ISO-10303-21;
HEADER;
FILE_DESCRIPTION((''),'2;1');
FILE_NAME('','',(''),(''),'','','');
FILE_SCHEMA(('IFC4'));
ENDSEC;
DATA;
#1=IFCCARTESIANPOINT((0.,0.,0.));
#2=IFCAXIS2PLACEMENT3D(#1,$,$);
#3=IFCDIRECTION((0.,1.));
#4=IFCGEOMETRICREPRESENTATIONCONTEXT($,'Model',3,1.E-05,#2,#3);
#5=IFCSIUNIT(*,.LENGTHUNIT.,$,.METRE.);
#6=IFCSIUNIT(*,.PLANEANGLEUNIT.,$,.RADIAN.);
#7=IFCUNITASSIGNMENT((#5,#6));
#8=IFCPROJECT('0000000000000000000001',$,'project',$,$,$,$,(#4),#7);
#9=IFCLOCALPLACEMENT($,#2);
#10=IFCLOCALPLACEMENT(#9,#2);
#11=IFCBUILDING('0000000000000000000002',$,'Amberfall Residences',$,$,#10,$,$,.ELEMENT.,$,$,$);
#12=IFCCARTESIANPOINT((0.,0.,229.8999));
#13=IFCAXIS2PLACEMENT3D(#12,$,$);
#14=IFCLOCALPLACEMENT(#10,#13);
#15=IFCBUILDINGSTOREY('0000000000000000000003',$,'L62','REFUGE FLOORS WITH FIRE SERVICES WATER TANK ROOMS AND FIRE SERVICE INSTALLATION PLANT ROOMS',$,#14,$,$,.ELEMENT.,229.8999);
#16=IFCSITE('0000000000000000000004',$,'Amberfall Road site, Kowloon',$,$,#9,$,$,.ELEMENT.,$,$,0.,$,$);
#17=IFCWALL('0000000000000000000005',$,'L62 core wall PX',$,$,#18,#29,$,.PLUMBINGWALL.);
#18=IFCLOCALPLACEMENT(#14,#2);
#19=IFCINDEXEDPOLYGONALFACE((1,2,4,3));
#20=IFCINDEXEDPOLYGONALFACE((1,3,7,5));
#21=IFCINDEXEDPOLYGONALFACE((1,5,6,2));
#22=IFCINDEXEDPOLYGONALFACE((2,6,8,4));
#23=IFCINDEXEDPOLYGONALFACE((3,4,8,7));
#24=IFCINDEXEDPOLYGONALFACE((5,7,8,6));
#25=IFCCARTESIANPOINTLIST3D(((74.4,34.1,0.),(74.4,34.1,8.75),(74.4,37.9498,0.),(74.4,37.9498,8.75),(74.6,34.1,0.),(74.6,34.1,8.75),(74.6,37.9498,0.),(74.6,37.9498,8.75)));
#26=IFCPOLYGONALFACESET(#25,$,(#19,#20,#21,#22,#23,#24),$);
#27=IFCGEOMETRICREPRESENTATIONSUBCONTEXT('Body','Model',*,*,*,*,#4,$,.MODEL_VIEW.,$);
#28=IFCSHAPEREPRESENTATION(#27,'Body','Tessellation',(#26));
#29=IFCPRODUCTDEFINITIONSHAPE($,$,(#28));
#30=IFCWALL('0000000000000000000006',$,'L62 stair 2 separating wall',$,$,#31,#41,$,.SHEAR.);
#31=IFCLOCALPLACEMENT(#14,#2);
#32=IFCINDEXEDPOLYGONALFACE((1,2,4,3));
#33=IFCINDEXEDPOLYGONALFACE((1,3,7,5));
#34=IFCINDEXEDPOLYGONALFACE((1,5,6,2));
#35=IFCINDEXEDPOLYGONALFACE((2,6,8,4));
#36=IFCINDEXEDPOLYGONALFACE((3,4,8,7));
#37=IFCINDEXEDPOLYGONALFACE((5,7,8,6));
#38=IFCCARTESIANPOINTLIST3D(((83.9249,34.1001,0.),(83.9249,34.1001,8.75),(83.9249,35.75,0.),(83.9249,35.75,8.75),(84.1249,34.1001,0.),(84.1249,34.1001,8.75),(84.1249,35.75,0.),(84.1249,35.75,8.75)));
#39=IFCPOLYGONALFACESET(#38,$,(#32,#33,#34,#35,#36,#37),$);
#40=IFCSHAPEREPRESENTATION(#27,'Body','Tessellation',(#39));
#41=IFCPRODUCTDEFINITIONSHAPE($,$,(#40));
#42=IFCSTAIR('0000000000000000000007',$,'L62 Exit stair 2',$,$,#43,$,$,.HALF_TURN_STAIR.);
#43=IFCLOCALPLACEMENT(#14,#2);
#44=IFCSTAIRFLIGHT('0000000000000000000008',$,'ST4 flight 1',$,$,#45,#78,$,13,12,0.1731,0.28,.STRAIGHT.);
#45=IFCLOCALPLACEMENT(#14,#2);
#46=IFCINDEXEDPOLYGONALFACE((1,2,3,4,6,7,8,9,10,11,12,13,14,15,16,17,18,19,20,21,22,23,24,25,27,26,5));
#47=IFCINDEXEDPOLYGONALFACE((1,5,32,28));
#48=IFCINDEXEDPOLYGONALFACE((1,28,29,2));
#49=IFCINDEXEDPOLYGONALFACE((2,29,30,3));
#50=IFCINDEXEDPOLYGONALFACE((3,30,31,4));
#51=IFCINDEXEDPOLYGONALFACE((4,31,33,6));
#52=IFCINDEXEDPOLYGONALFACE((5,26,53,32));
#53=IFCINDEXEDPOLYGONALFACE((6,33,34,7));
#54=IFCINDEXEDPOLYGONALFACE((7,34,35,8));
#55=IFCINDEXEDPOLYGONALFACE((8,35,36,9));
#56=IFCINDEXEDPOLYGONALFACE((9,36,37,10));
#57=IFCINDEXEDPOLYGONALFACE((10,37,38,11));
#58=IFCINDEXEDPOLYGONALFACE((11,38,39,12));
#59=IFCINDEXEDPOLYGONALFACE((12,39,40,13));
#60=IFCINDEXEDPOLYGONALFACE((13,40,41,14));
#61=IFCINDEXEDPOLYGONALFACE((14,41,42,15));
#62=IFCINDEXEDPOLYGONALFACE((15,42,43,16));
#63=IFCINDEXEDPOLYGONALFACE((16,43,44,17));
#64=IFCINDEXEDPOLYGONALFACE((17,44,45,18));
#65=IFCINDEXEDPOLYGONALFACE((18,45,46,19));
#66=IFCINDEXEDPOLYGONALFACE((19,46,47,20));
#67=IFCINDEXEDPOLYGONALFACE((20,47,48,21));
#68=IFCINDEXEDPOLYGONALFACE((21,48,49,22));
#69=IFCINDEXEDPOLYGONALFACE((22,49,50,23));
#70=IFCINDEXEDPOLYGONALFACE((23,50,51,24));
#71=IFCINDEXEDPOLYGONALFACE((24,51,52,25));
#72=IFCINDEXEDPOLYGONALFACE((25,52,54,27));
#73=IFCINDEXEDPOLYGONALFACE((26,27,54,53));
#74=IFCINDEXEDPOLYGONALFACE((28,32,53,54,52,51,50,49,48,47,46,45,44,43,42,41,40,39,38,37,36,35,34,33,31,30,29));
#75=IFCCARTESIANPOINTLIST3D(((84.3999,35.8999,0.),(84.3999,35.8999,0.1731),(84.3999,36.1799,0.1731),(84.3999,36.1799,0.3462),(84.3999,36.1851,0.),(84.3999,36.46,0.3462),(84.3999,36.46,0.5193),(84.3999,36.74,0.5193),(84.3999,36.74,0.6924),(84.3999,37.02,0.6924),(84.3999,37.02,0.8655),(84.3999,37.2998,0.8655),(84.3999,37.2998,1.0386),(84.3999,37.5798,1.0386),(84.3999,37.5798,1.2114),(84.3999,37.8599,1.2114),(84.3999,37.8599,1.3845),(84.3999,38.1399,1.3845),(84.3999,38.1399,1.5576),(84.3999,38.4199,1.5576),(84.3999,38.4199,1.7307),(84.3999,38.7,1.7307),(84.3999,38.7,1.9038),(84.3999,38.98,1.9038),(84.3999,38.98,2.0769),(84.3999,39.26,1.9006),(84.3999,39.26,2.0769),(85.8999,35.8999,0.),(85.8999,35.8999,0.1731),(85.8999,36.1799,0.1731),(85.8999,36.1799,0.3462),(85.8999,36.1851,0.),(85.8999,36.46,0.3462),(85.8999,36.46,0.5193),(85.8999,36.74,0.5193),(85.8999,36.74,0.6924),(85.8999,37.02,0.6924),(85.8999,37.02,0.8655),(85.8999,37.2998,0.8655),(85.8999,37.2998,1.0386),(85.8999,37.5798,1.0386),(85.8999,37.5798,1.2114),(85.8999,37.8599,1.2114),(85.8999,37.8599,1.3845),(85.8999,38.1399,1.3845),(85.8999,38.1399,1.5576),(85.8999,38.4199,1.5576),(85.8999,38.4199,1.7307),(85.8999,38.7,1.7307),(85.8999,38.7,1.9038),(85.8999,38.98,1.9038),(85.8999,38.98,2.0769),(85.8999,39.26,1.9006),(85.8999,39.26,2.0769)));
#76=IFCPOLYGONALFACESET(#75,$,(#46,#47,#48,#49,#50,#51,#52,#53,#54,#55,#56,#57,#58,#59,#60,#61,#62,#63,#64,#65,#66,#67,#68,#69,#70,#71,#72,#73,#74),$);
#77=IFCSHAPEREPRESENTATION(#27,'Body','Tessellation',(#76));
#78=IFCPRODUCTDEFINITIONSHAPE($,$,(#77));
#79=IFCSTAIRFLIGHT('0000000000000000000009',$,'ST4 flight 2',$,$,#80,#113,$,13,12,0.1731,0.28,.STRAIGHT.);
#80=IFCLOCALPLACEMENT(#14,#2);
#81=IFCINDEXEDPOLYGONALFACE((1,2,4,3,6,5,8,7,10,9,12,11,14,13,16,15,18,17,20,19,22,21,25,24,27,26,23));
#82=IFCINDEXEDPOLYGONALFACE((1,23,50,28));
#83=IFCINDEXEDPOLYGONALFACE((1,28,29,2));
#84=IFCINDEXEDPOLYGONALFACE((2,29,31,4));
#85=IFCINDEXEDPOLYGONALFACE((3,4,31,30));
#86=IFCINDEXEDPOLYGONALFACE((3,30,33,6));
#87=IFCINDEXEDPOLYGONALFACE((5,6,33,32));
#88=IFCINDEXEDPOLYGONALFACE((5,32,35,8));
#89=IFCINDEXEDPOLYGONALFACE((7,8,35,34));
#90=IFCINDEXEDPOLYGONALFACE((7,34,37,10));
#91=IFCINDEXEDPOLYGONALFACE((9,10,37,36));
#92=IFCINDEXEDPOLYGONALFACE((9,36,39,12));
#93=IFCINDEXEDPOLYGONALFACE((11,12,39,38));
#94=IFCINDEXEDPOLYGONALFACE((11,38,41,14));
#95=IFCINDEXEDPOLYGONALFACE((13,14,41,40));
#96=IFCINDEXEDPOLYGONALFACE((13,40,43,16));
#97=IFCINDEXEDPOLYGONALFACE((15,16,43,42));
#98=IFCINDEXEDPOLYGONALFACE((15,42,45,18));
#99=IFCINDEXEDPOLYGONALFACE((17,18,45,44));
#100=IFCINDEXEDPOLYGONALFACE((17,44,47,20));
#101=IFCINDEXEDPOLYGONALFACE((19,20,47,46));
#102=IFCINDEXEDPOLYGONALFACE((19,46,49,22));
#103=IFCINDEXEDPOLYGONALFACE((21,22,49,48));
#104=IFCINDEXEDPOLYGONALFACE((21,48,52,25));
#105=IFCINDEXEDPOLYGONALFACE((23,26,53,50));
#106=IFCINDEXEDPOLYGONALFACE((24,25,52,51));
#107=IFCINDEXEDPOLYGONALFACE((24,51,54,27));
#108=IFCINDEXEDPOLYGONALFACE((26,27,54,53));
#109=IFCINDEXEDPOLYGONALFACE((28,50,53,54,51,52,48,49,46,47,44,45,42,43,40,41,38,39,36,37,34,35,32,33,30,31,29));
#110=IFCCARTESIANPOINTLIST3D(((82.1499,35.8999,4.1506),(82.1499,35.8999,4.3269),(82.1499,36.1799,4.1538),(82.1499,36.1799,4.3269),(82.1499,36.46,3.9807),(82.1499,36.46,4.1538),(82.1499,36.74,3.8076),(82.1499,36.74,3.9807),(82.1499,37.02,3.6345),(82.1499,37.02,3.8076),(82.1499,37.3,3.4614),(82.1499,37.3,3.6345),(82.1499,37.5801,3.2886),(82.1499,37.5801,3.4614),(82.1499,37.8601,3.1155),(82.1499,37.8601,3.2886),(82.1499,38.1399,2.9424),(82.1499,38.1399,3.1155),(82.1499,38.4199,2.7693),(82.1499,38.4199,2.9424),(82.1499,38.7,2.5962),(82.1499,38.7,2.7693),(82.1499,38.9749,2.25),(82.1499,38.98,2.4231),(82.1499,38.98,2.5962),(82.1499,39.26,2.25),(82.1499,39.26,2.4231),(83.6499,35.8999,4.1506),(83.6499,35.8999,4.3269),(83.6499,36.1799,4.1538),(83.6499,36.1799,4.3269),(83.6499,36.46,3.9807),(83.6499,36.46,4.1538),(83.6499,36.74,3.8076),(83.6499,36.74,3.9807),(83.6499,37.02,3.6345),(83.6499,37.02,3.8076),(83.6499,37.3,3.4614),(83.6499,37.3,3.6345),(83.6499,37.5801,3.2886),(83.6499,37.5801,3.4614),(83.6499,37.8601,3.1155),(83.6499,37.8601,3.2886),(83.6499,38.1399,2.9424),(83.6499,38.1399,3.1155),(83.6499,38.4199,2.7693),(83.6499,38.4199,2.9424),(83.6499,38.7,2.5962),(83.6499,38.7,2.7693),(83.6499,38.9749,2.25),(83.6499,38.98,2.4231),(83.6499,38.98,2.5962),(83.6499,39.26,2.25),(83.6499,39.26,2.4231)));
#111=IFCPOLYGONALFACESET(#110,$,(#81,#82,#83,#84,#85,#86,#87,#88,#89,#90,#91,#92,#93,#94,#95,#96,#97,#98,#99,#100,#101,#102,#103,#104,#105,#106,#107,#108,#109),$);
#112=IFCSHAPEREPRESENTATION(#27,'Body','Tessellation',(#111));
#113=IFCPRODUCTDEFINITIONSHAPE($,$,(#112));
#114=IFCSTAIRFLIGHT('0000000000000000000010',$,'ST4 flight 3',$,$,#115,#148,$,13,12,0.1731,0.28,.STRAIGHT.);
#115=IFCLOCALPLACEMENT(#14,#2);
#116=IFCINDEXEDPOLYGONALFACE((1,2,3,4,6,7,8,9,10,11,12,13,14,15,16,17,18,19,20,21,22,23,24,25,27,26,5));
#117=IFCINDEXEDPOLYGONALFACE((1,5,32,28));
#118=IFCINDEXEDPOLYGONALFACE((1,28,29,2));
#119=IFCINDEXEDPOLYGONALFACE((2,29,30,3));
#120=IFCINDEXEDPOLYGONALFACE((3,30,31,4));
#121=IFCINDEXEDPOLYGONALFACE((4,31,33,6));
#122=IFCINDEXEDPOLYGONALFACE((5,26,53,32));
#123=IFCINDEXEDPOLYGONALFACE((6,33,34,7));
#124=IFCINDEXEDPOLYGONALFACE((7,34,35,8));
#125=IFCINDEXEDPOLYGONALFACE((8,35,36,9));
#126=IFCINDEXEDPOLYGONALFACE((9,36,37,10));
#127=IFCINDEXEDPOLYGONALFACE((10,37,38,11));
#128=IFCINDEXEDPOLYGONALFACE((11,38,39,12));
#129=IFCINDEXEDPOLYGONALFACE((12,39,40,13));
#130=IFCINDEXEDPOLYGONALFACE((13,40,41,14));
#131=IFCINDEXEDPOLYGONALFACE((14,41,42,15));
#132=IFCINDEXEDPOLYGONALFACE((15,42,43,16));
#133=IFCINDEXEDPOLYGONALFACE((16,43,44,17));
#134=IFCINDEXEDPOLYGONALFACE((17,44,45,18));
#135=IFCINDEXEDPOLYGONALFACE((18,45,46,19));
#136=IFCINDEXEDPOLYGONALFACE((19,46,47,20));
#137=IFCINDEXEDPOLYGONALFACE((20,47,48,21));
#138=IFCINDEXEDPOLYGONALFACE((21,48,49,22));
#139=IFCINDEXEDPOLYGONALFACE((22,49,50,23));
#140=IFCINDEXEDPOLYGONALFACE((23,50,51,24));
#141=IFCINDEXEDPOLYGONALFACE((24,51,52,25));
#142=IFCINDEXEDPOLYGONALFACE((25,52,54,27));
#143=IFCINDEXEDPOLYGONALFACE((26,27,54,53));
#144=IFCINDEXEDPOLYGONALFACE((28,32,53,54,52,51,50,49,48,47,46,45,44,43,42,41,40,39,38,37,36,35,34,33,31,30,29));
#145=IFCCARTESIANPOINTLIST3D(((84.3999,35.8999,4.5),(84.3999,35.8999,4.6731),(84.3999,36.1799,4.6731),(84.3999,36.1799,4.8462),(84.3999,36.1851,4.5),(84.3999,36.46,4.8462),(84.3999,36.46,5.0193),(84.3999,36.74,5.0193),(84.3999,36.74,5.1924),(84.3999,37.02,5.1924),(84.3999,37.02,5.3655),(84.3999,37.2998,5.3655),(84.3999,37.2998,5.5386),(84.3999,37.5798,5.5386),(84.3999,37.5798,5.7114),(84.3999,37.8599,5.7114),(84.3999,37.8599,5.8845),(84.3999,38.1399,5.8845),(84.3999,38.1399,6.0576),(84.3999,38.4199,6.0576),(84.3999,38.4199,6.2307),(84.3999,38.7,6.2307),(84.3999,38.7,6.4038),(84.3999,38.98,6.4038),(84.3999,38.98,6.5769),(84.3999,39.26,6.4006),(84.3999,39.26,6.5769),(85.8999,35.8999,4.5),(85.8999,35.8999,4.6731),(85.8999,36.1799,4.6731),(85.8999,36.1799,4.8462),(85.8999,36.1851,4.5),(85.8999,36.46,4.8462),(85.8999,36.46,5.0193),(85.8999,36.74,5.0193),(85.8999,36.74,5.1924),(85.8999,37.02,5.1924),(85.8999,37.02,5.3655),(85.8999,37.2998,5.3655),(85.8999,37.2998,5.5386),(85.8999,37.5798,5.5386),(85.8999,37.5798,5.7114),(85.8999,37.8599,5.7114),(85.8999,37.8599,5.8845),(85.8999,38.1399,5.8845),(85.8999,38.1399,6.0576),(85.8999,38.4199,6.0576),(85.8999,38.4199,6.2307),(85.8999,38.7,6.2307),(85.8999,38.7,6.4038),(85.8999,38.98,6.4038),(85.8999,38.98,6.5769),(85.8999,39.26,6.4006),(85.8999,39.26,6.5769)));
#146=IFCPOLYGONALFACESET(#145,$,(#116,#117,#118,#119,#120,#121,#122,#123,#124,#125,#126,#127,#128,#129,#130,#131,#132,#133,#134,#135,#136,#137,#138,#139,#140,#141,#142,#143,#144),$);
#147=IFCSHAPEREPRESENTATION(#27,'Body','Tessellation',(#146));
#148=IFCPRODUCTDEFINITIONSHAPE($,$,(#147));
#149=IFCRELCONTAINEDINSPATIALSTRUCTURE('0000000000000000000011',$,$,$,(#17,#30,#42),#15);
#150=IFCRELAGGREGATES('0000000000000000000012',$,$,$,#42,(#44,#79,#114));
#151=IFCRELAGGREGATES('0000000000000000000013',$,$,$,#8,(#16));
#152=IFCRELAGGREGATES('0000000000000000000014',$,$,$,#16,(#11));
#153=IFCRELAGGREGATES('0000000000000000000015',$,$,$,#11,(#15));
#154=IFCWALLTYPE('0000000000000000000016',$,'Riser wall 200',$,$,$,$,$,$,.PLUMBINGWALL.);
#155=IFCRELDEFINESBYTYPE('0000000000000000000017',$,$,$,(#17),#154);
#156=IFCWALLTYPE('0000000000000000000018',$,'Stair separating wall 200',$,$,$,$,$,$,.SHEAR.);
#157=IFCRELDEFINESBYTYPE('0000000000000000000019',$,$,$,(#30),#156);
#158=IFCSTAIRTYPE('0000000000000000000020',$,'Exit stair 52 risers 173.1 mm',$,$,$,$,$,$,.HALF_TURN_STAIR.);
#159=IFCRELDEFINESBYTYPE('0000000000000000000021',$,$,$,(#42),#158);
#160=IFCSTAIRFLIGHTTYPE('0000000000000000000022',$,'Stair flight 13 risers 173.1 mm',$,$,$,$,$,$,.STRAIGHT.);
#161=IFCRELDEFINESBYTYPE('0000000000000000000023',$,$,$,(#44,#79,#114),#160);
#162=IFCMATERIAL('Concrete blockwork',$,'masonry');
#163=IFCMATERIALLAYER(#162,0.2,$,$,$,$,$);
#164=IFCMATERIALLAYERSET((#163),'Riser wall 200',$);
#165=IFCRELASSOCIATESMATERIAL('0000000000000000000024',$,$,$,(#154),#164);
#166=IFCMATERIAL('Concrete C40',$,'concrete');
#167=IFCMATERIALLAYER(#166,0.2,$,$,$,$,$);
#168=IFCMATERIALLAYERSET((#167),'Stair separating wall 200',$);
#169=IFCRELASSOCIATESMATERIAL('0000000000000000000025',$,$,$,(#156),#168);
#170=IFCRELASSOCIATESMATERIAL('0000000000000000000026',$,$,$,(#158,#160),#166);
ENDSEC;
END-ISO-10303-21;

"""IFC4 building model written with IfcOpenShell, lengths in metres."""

from ifc_helpers import new_model, si_unit, direction, frame, frame_2d, origin, place, context, subcontext, project, spatial, polyline, rectangle, outline, extrude, material, layer, layer_set, type_object, element, aggregate, save


model = new_model("IFC4")

# Units and contexts
model_context = context("Model", 3, precision=1e-05, world=origin(), true_north=direction((0.0, 1.0)))
body_context = subcontext(model_context, "Body", "Model", "MODEL_VIEW")
ifc_project = project(units=[si_unit("LENGTHUNIT", "METRE"), si_unit("PLANEANGLEUNIT", "RADIAN")], contexts=[model_context])

# Site, building, storey
site_placement = place(None, origin())
site = spatial("IfcSite", under=ifc_project, at=site_placement, Name="Amberfall Road site, Kowloon", CompositionType="ELEMENT", RefElevation=0.0)
building_placement = place(site_placement, origin())
building = spatial("IfcBuilding", under=site, at=building_placement, Name="Amberfall Residences", CompositionType="ELEMENT")
storey_placement = place(building_placement, frame((0.0, 0.0, 229.8999)))
storey = spatial("IfcBuildingStorey", under=building, at=storey_placement, Name="L62", Description="REFUGE FLOORS WITH FIRE SERVICES WATER TANK ROOMS AND FIRE SERVICE INSTALLATION PLANT ROOMS", CompositionType="ELEMENT", Elevation=229.8999)

# Walls
ifc_material_1 = material(Name="Concrete blockwork", Category="masonry")
ifc_layer_1 = layer(ifc_material_1, 0.2)
ifc_layer_set_1 = layer_set([ifc_layer_1], Name="Riser wall 200")
wall_type_1 = type_object("IfcWallType", Name="Riser wall 200", PredefinedType="PLUMBINGWALL", material=ifc_layer_set_1)
wall_1_placement = place(storey_placement, frame((74.5, 34.1001, 0.0), z_axis=(0.0, 0.0, 1.0), x_axis=(0.0, 1.0, 0.0)))
element("IfcWall", 1, at=wall_1_placement, inside=storey, type_object=wall_type_1, Name="L62 core wall PX", PredefinedType="PLUMBINGWALL", context=body_context, shape_type="SweptSolid", body=[
    extrude(rectangle(XDim=3.8499, YDim=0.2, at=frame_2d((1.9248, 0.0))), origin(), (0.0, 0.0, 1.0), 8.75),
])
ifc_material_2 = material(Name="Concrete C40", Category="concrete")
ifc_layer_2 = layer(ifc_material_2, 0.2)
ifc_layer_set_2 = layer_set([ifc_layer_2], Name="Stair separating wall 200")
wall_type_2 = type_object("IfcWallType", Name="Stair separating wall 200", PredefinedType="SHEAR", material=ifc_layer_set_2)
wall_2_placement = place(storey_placement, frame((84.0249, 34.1001, 0.0), z_axis=(0.0, 0.0, 1.0), x_axis=(0.0, 1.0, 0.0)))
element("IfcWall", 2, at=wall_2_placement, inside=storey, type_object=wall_type_2, Name="L62 stair 2 separating wall", PredefinedType="SHEAR", context=body_context, shape_type="SweptSolid", body=[
    extrude(rectangle(XDim=1.6499, YDim=0.2, at=frame_2d((0.825, 0.0))), origin(), (0.0, 0.0, 1.0), 8.75),
])

# Stair, stair flights
stair_type = type_object("IfcStairType", Name="Exit stair 52 risers 173.1 mm", PredefinedType="HALF_TURN_STAIR", material=ifc_material_2)
stair_placement = place(storey_placement, origin())
stair = element("IfcStair", 3, at=stair_placement, inside=storey, type_object=stair_type, Name="L62 Exit stair 2", PredefinedType="HALF_TURN_STAIR")
stair_flight_type = type_object("IfcStairFlightType", Name="Stair flight 13 risers 173.1 mm", PredefinedType="STRAIGHT", material=ifc_material_2)
stair_flight_1_placement = place(storey_placement, frame((85.1499, 35.8999, 0.0), z_axis=(0.0, 0.0, 1.0), x_axis=(0.0, 1.0, 0.0)))
stair_flight_1 = element("IfcStairFlight", 4, at=stair_flight_1_placement, type_object=stair_flight_type, Name="ST4 flight 1", NumberOfRisers=13, NumberOfTreads=12, PredefinedType="STRAIGHT", RiserHeight=0.1731, TreadLength=0.28, context=body_context, shape_type="SweptSolid", body=[
    extrude(outline(polyline([(0.0, 0.0), (0.0, 0.1731), (0.28, 0.1731), (0.28, 0.3462), (0.5601, 0.3462), (0.5601, 0.5193), (0.8401, 0.5193), (0.8401, 0.6924), (1.1201, 0.6924), (1.1201, 0.8655), (1.3999, 0.8655), (1.3999, 1.0386), (1.6799, 1.0386), (1.6799, 1.2114), (1.96, 1.2114), (1.96, 1.3845), (2.24, 1.3845), (2.24, 1.5576), (2.52, 1.5576), (2.52, 1.7307), (2.8, 1.7307), (2.8, 1.9038), (3.0801, 1.9038), (3.0801, 2.0769), (3.3601, 2.0769), (3.3601, 2.25), (3.3601, 1.9006), (0.2852, 0.0), (0.0, 0.0)])), frame((0.0, 0.75, 0.0), z_axis=(0.0, -1.0, 0.0), x_axis=(1.0, 0.0, 0.0)), (0.0, 0.0, 1.0), 1.5),
])
stair_flight_2_placement = place(storey_placement, frame((82.8999, 39.26, 2.25), z_axis=(0.0, 0.0, 1.0), x_axis=(0.0, -1.0, 0.0)))
stair_flight_2 = element("IfcStairFlight", 5, at=stair_flight_2_placement, type_object=stair_flight_type, Name="ST4 flight 2", NumberOfRisers=13, NumberOfTreads=12, PredefinedType="STRAIGHT", RiserHeight=0.1731, TreadLength=0.28, context=body_context, shape_type="SweptSolid", body=[
    extrude(outline(polyline([(0.0, 0.0), (0.0, 0.1731), (0.28, 0.1731), (0.28, 0.3462), (0.5601, 0.3462), (0.5601, 0.5193), (0.8401, 0.5193), (0.8401, 0.6924), (1.1201, 0.6924), (1.1201, 0.8655), (1.3999, 0.8655), (1.3999, 1.0386), (1.6799, 1.0386), (1.6799, 1.2114), (1.96, 1.2114), (1.96, 1.3845), (2.24, 1.3845), (2.24, 1.5576), (2.52, 1.5576), (2.52, 1.7307), (2.8, 1.7307), (2.8, 1.9038), (3.0801, 1.9038), (3.0801, 2.0769), (3.3601, 2.0769), (3.3601, 2.25), (3.3601, 1.9006), (0.2852, 0.0), (0.0, 0.0)])), frame((0.0, 0.75, 0.0), z_axis=(0.0, -1.0, 0.0), x_axis=(1.0, 0.0, 0.0)), (0.0, 0.0, 1.0), 1.5),
])
stair_flight_3_placement = place(storey_placement, frame((85.1499, 35.8999, 4.5), z_axis=(0.0, 0.0, 1.0), x_axis=(0.0, 1.0, 0.0)))
stair_flight_3 = element("IfcStairFlight", 6, at=stair_flight_3_placement, type_object=stair_flight_type, Name="ST4 flight 3", NumberOfRisers=13, NumberOfTreads=12, PredefinedType="STRAIGHT", RiserHeight=0.1731, TreadLength=0.28, context=body_context, shape_type="SweptSolid", body=[
    extrude(outline(polyline([(0.0, 0.0), (0.0, 0.1731), (0.28, 0.1731), (0.28, 0.3462), (0.5601, 0.3462), (0.5601, 0.5193), (0.8401, 0.5193), (0.8401, 0.6924), (1.1201, 0.6924), (1.1201, 0.8655), (1.3999, 0.8655), (1.3999, 1.0386), (1.6799, 1.0386), (1.6799, 1.2114), (1.96, 1.2114), (1.96, 1.3845), (2.24, 1.3845), (2.24, 1.5576), (2.52, 1.5576), (2.52, 1.7307), (2.8, 1.7307), (2.8, 1.9038), (3.0801, 1.9038), (3.0801, 2.0769), (3.3601, 2.0769), (3.3601, 2.25), (3.3601, 1.9006), (0.2852, 0.0), (0.0, 0.0)])), frame((0.0, 0.75, 0.0), z_axis=(0.0, -1.0, 0.0), x_axis=(1.0, 0.0, 0.0)), (0.0, 0.0, 1.0), 1.5),
])
aggregate(stair, [stair_flight_1, stair_flight_2, stair_flight_3])

save(model, "model.ifc")
